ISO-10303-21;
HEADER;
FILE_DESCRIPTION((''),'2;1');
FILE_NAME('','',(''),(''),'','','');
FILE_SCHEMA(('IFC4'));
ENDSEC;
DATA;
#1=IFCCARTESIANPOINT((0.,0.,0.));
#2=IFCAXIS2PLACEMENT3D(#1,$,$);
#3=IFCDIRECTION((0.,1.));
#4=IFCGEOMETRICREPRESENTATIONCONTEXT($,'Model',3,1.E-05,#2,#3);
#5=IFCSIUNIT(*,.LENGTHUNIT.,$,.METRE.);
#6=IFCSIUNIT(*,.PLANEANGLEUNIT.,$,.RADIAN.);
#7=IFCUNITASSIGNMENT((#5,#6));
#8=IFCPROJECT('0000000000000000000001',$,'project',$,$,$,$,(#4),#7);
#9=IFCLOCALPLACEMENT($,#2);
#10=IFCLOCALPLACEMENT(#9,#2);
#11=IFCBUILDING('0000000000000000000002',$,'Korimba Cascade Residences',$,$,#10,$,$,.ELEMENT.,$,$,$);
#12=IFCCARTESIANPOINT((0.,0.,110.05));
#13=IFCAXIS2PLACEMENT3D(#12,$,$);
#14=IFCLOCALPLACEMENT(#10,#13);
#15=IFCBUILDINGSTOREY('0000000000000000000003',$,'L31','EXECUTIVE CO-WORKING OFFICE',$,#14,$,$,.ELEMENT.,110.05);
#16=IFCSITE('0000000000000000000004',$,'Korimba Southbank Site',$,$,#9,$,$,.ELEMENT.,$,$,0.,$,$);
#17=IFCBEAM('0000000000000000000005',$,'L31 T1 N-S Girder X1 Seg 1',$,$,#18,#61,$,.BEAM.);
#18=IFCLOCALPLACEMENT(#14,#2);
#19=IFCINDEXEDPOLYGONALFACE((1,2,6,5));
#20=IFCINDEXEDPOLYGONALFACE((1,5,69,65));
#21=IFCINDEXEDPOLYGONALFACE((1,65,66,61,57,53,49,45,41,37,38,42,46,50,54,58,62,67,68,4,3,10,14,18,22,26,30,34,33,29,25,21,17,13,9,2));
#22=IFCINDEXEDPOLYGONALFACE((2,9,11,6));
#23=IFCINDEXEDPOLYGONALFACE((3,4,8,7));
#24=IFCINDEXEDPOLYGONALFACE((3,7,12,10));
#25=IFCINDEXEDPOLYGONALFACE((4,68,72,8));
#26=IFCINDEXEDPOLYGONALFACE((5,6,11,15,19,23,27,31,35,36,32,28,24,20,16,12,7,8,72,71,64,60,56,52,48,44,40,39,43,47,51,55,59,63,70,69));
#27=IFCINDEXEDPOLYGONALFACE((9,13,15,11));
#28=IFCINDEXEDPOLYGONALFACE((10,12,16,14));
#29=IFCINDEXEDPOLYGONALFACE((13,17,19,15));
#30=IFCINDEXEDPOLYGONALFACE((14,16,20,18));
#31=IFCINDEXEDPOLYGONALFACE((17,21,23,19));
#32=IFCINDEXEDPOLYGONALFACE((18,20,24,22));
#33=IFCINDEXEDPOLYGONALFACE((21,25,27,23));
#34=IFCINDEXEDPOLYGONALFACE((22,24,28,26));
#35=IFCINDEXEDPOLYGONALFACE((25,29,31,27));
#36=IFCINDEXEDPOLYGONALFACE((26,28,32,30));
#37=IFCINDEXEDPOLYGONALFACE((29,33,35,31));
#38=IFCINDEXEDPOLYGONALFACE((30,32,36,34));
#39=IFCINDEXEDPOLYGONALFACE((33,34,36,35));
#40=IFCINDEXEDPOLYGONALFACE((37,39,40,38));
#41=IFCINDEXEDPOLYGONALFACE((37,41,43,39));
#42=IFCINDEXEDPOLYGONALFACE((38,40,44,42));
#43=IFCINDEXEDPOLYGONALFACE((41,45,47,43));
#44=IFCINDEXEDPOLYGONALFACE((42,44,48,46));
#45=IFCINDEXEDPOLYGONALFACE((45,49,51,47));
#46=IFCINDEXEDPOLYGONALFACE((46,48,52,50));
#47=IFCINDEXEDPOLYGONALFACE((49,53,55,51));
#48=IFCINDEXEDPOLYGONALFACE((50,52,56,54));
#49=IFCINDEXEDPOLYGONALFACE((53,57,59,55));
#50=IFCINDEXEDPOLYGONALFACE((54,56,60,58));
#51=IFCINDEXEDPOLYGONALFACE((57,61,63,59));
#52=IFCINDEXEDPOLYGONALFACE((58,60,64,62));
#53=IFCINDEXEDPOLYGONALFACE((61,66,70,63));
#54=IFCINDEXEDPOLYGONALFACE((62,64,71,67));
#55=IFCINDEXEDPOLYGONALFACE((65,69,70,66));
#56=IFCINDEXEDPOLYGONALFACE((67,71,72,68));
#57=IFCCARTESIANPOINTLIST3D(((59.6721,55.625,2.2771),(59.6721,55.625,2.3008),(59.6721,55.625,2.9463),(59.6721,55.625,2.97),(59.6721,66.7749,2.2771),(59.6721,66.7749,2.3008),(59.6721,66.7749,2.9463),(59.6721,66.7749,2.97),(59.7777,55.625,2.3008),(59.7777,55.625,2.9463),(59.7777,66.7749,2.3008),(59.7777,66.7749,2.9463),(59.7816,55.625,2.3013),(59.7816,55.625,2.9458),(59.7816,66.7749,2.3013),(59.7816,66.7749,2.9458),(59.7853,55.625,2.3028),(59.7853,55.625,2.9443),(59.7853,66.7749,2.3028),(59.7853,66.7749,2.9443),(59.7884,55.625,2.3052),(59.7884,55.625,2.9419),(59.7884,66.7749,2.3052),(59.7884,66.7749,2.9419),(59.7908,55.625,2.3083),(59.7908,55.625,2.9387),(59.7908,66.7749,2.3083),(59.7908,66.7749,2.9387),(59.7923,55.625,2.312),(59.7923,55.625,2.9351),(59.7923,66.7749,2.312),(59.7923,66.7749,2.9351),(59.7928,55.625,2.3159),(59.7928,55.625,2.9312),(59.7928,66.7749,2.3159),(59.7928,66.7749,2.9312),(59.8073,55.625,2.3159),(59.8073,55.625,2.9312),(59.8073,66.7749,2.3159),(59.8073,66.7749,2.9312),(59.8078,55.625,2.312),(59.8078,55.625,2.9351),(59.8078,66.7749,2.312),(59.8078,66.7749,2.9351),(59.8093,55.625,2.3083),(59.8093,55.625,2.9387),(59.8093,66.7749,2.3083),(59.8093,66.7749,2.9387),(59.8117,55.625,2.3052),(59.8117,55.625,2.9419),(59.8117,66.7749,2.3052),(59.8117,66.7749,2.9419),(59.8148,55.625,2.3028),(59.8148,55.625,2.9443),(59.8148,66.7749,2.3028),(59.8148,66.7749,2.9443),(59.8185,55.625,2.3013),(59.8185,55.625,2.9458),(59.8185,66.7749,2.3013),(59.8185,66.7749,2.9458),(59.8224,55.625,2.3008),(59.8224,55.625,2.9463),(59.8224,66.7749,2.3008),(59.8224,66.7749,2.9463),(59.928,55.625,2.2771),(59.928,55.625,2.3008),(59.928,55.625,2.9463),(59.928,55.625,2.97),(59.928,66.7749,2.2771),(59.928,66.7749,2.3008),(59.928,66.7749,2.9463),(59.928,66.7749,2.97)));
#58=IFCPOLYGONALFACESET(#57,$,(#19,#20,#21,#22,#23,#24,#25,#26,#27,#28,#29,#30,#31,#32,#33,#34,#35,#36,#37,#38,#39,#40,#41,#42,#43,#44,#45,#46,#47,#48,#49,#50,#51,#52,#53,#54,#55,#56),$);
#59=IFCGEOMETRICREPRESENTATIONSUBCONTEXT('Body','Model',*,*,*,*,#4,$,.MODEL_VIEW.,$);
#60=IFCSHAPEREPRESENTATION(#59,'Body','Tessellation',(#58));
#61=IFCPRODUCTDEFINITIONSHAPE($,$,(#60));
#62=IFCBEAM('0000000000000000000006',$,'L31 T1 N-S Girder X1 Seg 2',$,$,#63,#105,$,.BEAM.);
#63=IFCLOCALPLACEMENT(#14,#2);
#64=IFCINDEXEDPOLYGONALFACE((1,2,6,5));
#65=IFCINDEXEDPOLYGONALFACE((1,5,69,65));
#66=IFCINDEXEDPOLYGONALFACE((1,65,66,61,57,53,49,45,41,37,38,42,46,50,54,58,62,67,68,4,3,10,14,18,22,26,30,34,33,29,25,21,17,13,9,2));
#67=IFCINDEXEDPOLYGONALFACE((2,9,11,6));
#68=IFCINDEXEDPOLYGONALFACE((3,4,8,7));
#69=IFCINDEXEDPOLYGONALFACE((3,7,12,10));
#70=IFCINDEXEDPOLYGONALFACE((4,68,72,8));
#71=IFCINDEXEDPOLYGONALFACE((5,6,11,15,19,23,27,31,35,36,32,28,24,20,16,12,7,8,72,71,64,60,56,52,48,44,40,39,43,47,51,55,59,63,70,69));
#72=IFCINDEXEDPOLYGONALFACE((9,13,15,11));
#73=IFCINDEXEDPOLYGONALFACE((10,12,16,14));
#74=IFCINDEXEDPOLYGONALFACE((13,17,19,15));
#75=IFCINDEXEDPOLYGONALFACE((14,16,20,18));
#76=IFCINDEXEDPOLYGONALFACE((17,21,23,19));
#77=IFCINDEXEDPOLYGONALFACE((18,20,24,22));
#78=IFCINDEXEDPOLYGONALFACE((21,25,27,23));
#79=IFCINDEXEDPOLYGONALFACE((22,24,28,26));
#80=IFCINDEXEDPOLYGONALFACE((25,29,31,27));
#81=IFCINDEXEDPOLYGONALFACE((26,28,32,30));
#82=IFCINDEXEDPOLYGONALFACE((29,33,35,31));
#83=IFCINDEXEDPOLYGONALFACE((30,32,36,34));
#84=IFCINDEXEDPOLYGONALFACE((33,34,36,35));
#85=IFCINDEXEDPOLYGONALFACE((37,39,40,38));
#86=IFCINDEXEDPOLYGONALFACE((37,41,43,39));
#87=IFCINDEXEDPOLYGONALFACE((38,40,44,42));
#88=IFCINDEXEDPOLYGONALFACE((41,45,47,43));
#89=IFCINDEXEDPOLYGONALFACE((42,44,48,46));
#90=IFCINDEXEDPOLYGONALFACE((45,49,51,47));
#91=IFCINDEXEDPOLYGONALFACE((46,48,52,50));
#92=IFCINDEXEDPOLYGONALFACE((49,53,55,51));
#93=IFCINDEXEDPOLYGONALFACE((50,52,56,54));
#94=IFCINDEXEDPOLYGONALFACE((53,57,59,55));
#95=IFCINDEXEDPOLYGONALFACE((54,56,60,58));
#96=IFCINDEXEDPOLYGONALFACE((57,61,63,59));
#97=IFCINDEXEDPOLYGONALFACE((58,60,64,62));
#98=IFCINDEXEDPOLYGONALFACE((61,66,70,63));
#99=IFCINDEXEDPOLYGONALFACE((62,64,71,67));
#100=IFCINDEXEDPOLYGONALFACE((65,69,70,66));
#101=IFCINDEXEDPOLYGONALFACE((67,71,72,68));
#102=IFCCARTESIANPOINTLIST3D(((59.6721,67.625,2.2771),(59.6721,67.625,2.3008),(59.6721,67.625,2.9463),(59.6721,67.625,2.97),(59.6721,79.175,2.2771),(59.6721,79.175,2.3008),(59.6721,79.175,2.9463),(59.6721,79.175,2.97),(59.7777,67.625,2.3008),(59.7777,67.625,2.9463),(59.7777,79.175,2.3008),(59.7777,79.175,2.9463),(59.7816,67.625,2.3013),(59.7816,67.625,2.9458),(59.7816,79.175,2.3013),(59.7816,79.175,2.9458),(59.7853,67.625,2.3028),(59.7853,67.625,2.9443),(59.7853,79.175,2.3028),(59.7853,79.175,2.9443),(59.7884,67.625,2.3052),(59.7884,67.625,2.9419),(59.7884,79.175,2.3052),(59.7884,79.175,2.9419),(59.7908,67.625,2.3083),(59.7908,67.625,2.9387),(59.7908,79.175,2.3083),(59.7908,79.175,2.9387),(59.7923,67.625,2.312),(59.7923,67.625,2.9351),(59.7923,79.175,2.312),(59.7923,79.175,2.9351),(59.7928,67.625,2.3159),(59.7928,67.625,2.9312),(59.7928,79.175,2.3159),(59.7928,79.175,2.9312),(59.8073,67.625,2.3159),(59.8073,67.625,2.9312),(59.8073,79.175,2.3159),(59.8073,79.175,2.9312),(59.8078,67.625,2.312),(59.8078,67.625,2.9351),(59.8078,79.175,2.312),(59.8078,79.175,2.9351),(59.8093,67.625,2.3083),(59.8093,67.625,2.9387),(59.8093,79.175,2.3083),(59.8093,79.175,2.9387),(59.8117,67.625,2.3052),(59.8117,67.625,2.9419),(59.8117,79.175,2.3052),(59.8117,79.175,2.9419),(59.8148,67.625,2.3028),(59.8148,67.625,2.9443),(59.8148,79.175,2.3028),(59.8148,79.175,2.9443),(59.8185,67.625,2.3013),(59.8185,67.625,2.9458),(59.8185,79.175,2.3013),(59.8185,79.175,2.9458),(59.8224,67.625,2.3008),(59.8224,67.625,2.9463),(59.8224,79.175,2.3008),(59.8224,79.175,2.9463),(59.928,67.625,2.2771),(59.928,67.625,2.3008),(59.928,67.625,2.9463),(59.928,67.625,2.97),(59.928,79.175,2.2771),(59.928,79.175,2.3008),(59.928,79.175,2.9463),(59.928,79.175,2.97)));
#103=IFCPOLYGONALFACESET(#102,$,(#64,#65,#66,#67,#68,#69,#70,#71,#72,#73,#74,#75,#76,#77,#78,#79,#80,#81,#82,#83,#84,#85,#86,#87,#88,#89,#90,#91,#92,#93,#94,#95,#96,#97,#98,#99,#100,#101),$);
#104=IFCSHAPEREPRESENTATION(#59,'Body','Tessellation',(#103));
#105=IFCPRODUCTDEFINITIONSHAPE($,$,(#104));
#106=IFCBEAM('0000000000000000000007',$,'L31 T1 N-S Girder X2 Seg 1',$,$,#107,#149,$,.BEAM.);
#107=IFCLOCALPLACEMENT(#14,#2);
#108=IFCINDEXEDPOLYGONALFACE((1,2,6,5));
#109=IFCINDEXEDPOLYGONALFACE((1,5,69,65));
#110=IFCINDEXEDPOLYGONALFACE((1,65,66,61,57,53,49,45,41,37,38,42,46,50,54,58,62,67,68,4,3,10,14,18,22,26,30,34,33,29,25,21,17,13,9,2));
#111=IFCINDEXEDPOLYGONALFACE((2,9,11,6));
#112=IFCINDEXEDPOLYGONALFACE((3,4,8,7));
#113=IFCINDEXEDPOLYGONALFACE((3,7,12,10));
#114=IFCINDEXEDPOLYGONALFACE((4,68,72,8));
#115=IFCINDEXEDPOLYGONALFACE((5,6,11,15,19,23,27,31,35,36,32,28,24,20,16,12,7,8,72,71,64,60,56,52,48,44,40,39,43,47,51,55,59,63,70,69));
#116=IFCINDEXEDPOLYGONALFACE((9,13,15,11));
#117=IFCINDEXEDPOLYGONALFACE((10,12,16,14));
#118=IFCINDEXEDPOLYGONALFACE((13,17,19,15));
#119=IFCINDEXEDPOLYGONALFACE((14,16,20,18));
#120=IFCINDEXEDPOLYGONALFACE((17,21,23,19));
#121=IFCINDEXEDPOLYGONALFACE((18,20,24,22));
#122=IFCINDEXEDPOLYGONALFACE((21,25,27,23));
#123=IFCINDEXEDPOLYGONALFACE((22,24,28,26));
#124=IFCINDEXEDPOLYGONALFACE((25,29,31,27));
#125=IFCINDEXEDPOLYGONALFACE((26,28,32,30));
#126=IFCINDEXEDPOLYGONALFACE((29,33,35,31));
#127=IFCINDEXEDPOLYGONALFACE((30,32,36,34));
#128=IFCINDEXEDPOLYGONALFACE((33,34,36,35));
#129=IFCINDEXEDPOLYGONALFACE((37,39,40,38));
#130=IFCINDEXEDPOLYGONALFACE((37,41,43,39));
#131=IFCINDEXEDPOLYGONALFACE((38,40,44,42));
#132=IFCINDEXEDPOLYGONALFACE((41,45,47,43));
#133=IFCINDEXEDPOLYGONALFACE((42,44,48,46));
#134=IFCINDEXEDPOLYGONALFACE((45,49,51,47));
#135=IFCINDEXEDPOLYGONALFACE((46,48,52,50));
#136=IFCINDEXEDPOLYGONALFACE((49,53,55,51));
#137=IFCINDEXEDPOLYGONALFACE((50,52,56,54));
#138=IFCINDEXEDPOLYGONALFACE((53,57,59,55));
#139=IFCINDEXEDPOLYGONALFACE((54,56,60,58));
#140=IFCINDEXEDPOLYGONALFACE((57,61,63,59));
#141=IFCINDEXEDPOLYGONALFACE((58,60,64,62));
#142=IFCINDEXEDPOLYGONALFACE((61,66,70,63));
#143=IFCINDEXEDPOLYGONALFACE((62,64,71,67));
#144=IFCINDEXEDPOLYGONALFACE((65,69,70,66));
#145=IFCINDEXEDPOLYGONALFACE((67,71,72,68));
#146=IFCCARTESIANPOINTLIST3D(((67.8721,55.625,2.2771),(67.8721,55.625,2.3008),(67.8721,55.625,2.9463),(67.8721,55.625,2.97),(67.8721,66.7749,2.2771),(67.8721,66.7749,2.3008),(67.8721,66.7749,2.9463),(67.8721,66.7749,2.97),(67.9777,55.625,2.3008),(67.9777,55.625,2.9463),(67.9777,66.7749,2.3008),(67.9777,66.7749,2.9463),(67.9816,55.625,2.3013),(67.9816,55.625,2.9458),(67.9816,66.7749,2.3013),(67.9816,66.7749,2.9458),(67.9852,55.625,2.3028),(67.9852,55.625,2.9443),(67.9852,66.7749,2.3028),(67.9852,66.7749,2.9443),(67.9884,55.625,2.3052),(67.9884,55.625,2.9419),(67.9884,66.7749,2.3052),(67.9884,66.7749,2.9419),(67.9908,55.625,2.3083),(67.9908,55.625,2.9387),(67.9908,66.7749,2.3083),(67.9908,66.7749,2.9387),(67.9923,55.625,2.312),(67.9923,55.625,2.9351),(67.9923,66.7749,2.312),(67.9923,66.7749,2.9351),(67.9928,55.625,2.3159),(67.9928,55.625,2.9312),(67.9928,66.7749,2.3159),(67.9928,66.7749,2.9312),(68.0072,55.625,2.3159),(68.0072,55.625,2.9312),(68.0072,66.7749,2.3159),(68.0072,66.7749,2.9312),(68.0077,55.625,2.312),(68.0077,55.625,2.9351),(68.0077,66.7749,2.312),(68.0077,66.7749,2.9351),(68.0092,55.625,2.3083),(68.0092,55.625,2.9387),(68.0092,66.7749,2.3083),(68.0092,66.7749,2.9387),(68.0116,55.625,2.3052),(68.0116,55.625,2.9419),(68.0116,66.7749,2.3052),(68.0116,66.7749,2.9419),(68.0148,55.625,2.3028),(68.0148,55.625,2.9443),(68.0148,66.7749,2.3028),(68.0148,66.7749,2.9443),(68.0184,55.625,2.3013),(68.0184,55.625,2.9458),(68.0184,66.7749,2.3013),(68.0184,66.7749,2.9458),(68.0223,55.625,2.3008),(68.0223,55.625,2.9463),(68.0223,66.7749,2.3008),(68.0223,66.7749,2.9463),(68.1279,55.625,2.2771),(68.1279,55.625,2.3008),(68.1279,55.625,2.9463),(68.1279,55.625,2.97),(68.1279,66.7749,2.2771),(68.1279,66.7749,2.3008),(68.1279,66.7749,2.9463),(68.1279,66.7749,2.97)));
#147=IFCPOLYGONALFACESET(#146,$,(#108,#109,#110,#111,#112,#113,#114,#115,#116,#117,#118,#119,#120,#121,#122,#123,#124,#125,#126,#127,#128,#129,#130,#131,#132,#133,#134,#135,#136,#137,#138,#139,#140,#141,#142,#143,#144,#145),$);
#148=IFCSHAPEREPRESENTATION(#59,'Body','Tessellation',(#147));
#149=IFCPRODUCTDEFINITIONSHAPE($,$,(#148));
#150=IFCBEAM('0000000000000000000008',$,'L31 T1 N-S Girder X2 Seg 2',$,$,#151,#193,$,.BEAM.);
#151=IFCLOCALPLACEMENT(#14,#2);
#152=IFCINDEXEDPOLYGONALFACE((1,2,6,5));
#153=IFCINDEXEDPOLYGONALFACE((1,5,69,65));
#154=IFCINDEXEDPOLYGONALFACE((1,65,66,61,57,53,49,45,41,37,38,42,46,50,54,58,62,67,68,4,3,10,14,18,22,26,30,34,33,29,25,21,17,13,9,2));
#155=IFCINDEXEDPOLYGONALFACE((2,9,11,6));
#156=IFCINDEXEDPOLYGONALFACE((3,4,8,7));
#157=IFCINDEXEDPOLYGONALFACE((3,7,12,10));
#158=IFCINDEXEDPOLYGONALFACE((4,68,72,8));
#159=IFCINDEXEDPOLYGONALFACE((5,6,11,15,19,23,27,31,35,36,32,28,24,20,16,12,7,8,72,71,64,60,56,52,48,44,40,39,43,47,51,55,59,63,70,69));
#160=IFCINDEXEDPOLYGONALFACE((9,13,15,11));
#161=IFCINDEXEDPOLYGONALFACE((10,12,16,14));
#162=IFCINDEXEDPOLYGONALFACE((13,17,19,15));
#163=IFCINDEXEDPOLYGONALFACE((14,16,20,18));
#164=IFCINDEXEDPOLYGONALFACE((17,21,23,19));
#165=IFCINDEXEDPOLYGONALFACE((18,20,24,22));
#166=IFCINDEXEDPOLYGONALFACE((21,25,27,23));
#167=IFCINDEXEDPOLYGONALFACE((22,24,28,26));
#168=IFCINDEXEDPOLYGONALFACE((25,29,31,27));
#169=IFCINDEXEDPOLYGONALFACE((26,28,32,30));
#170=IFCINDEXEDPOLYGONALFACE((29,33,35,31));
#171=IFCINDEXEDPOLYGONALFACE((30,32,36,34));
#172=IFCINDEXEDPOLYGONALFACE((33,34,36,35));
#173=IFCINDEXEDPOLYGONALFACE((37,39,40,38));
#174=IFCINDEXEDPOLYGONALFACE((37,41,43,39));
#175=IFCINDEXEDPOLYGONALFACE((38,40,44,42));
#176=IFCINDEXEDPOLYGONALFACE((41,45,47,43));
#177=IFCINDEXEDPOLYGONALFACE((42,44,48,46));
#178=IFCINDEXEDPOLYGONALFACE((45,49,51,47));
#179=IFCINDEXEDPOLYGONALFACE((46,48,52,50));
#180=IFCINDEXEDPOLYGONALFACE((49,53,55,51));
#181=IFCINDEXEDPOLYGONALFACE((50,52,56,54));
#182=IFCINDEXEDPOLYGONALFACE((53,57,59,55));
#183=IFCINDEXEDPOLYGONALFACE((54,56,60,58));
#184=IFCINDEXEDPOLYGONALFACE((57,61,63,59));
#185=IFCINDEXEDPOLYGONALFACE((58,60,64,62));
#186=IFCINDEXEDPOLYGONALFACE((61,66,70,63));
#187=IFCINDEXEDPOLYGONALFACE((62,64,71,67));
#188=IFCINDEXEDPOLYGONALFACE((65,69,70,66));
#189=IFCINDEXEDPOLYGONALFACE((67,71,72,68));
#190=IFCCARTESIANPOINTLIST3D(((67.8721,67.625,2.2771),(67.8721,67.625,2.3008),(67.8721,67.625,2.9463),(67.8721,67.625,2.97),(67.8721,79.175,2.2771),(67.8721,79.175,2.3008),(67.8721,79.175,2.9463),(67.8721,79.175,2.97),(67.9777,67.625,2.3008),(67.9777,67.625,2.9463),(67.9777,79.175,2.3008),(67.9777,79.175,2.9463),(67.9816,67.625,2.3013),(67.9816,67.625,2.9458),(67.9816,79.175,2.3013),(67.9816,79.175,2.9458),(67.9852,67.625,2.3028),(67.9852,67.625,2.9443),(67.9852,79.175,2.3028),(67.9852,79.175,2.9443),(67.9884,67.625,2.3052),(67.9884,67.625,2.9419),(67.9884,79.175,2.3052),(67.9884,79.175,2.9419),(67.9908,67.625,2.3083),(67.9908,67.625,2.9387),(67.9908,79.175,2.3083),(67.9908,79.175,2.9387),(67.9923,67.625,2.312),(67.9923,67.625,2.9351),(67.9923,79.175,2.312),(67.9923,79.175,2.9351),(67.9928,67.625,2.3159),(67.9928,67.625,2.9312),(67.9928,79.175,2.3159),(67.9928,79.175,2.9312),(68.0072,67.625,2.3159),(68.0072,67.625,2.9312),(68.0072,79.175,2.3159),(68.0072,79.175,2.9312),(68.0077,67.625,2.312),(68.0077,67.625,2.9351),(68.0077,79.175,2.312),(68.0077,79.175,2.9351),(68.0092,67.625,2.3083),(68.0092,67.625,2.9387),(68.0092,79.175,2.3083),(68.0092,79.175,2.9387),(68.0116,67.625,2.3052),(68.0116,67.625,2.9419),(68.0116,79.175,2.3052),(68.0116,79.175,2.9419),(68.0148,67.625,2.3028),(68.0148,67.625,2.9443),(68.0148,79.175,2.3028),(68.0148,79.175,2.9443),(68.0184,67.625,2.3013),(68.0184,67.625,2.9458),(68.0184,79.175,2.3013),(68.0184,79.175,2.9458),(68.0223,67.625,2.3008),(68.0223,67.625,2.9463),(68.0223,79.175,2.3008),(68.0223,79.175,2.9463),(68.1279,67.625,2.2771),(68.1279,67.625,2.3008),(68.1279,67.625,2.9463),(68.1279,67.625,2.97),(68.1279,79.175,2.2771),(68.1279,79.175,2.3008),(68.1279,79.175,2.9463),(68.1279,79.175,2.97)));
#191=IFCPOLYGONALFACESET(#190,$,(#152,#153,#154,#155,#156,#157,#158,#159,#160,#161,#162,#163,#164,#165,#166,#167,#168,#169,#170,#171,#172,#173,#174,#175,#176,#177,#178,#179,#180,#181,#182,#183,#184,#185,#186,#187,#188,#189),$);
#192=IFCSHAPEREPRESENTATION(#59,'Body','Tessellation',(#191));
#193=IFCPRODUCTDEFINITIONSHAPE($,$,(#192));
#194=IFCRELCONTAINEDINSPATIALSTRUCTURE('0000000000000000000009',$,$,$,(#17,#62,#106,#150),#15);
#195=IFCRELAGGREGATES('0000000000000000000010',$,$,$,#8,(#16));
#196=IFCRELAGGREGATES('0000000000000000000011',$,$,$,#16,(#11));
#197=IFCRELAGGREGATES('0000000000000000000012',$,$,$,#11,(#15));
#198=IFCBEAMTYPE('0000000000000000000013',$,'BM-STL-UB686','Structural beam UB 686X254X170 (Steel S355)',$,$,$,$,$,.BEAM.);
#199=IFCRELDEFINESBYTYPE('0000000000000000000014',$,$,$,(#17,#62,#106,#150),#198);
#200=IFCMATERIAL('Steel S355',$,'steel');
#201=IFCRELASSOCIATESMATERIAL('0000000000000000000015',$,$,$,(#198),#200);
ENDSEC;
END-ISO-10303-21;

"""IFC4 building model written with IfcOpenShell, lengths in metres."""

from ifc_helpers import new_model, si_unit, direction, frame, origin, origin_2d, place, context, subcontext, project, spatial, i_section, extrude, material, material_profile, profile_set, type_object, element, save


model = new_model("IFC4")

# Units and contexts
model_context = context("Model", 3, precision=1e-05, world=origin(), true_north=direction((0.0, 1.0)))
body_context = subcontext(model_context, "Body", "Model", "MODEL_VIEW")
ifc_project = project(units=[si_unit("LENGTHUNIT", "METRE"), si_unit("PLANEANGLEUNIT", "RADIAN")], contexts=[model_context])

# Site, building, storey
site_placement = place(None, origin())
site = spatial("IfcSite", under=ifc_project, at=site_placement, Name="Korimba Southbank Site", CompositionType="ELEMENT", RefElevation=0.0)
building_placement = place(site_placement, origin())
building = spatial("IfcBuilding", under=site, at=building_placement, Name="Korimba Cascade Residences", CompositionType="ELEMENT")
storey_placement = place(building_placement, frame((0.0, 0.0, 110.05)))
storey = spatial("IfcBuildingStorey", under=building, at=storey_placement, Name="L31", Description="EXECUTIVE CO-WORKING OFFICE", CompositionType="ELEMENT", Elevation=110.05)

# Beams
ifc_material_1 = material(Name="Steel S355", Category="steel")
ifc_material_profile_1 = material_profile(ifc_material_1, i_section(OverallWidth=0.2559, OverallDepth=0.6929, WebThickness=0.0144, FlangeThickness=0.0237, FilletRadius=0.0151, at=origin_2d()), Name="Steel S355")
ifc_profile_set_1 = profile_set([ifc_material_profile_1], Name="Steel S355")
beam_type_1 = type_object("IfcBeamType", Name="BM-STL-UB686", Description="Structural beam UB 686X254X170 (Steel S355)", PredefinedType="BEAM", material=ifc_profile_set_1)
beam_1_placement = place(storey_placement, frame((59.8, 55.625, 2.6235), z_axis=(0.0, 1.0, 0.0), x_axis=(-1.0, 0.0, 0.0)))
element("IfcBeam", 1, at=beam_1_placement, inside=storey, type_object=beam_type_1, Name="L31 T1 N-S Girder X1 Seg 1", PredefinedType="BEAM", context=body_context, shape_type="SweptSolid", body=[
    extrude(i_section(OverallWidth=0.2559, OverallDepth=0.6929, WebThickness=0.0144, FlangeThickness=0.0237, FilletRadius=0.0151, at=origin_2d()), origin(), (0.0, 0.0, 1.0), 11.1499),
])
beam_2_placement = place(storey_placement, frame((59.8, 67.625, 2.6235), z_axis=(0.0, 1.0, 0.0), x_axis=(-1.0, 0.0, 0.0)))
element("IfcBeam", 2, at=beam_2_placement, inside=storey, type_object=beam_type_1, Name="L31 T1 N-S Girder X1 Seg 2", PredefinedType="BEAM", context=body_context, shape_type="SweptSolid", body=[
    extrude(i_section(OverallWidth=0.2559, OverallDepth=0.6929, WebThickness=0.0144, FlangeThickness=0.0237, FilletRadius=0.0151, at=origin_2d()), origin(), (0.0, 0.0, 1.0), 11.55),
])
beam_3_placement = place(storey_placement, frame((68.0, 55.625, 2.6235), z_axis=(0.0, 1.0, 0.0), x_axis=(-1.0, 0.0, 0.0)))
element("IfcBeam", 3, at=beam_3_placement, inside=storey, type_object=beam_type_1, Name="L31 T1 N-S Girder X2 Seg 1", PredefinedType="BEAM", context=body_context, shape_type="SweptSolid", body=[
    extrude(i_section(OverallWidth=0.2559, OverallDepth=0.6929, WebThickness=0.0144, FlangeThickness=0.0237, FilletRadius=0.0151, at=origin_2d()), origin(), (0.0, 0.0, 1.0), 11.1499),
])
beam_4_placement = place(storey_placement, frame((68.0, 67.625, 2.6235), z_axis=(0.0, 1.0, 0.0), x_axis=(-1.0, 0.0, 0.0)))
element("IfcBeam", 4, at=beam_4_placement, inside=storey, type_object=beam_type_1, Name="L31 T1 N-S Girder X2 Seg 2", PredefinedType="BEAM", context=body_context, shape_type="SweptSolid", body=[
    extrude(i_section(OverallWidth=0.2559, OverallDepth=0.6929, WebThickness=0.0144, FlangeThickness=0.0237, FilletRadius=0.0151, at=origin_2d()), origin(), (0.0, 0.0, 1.0), 11.55),
])

save(model, "model.ifc")
